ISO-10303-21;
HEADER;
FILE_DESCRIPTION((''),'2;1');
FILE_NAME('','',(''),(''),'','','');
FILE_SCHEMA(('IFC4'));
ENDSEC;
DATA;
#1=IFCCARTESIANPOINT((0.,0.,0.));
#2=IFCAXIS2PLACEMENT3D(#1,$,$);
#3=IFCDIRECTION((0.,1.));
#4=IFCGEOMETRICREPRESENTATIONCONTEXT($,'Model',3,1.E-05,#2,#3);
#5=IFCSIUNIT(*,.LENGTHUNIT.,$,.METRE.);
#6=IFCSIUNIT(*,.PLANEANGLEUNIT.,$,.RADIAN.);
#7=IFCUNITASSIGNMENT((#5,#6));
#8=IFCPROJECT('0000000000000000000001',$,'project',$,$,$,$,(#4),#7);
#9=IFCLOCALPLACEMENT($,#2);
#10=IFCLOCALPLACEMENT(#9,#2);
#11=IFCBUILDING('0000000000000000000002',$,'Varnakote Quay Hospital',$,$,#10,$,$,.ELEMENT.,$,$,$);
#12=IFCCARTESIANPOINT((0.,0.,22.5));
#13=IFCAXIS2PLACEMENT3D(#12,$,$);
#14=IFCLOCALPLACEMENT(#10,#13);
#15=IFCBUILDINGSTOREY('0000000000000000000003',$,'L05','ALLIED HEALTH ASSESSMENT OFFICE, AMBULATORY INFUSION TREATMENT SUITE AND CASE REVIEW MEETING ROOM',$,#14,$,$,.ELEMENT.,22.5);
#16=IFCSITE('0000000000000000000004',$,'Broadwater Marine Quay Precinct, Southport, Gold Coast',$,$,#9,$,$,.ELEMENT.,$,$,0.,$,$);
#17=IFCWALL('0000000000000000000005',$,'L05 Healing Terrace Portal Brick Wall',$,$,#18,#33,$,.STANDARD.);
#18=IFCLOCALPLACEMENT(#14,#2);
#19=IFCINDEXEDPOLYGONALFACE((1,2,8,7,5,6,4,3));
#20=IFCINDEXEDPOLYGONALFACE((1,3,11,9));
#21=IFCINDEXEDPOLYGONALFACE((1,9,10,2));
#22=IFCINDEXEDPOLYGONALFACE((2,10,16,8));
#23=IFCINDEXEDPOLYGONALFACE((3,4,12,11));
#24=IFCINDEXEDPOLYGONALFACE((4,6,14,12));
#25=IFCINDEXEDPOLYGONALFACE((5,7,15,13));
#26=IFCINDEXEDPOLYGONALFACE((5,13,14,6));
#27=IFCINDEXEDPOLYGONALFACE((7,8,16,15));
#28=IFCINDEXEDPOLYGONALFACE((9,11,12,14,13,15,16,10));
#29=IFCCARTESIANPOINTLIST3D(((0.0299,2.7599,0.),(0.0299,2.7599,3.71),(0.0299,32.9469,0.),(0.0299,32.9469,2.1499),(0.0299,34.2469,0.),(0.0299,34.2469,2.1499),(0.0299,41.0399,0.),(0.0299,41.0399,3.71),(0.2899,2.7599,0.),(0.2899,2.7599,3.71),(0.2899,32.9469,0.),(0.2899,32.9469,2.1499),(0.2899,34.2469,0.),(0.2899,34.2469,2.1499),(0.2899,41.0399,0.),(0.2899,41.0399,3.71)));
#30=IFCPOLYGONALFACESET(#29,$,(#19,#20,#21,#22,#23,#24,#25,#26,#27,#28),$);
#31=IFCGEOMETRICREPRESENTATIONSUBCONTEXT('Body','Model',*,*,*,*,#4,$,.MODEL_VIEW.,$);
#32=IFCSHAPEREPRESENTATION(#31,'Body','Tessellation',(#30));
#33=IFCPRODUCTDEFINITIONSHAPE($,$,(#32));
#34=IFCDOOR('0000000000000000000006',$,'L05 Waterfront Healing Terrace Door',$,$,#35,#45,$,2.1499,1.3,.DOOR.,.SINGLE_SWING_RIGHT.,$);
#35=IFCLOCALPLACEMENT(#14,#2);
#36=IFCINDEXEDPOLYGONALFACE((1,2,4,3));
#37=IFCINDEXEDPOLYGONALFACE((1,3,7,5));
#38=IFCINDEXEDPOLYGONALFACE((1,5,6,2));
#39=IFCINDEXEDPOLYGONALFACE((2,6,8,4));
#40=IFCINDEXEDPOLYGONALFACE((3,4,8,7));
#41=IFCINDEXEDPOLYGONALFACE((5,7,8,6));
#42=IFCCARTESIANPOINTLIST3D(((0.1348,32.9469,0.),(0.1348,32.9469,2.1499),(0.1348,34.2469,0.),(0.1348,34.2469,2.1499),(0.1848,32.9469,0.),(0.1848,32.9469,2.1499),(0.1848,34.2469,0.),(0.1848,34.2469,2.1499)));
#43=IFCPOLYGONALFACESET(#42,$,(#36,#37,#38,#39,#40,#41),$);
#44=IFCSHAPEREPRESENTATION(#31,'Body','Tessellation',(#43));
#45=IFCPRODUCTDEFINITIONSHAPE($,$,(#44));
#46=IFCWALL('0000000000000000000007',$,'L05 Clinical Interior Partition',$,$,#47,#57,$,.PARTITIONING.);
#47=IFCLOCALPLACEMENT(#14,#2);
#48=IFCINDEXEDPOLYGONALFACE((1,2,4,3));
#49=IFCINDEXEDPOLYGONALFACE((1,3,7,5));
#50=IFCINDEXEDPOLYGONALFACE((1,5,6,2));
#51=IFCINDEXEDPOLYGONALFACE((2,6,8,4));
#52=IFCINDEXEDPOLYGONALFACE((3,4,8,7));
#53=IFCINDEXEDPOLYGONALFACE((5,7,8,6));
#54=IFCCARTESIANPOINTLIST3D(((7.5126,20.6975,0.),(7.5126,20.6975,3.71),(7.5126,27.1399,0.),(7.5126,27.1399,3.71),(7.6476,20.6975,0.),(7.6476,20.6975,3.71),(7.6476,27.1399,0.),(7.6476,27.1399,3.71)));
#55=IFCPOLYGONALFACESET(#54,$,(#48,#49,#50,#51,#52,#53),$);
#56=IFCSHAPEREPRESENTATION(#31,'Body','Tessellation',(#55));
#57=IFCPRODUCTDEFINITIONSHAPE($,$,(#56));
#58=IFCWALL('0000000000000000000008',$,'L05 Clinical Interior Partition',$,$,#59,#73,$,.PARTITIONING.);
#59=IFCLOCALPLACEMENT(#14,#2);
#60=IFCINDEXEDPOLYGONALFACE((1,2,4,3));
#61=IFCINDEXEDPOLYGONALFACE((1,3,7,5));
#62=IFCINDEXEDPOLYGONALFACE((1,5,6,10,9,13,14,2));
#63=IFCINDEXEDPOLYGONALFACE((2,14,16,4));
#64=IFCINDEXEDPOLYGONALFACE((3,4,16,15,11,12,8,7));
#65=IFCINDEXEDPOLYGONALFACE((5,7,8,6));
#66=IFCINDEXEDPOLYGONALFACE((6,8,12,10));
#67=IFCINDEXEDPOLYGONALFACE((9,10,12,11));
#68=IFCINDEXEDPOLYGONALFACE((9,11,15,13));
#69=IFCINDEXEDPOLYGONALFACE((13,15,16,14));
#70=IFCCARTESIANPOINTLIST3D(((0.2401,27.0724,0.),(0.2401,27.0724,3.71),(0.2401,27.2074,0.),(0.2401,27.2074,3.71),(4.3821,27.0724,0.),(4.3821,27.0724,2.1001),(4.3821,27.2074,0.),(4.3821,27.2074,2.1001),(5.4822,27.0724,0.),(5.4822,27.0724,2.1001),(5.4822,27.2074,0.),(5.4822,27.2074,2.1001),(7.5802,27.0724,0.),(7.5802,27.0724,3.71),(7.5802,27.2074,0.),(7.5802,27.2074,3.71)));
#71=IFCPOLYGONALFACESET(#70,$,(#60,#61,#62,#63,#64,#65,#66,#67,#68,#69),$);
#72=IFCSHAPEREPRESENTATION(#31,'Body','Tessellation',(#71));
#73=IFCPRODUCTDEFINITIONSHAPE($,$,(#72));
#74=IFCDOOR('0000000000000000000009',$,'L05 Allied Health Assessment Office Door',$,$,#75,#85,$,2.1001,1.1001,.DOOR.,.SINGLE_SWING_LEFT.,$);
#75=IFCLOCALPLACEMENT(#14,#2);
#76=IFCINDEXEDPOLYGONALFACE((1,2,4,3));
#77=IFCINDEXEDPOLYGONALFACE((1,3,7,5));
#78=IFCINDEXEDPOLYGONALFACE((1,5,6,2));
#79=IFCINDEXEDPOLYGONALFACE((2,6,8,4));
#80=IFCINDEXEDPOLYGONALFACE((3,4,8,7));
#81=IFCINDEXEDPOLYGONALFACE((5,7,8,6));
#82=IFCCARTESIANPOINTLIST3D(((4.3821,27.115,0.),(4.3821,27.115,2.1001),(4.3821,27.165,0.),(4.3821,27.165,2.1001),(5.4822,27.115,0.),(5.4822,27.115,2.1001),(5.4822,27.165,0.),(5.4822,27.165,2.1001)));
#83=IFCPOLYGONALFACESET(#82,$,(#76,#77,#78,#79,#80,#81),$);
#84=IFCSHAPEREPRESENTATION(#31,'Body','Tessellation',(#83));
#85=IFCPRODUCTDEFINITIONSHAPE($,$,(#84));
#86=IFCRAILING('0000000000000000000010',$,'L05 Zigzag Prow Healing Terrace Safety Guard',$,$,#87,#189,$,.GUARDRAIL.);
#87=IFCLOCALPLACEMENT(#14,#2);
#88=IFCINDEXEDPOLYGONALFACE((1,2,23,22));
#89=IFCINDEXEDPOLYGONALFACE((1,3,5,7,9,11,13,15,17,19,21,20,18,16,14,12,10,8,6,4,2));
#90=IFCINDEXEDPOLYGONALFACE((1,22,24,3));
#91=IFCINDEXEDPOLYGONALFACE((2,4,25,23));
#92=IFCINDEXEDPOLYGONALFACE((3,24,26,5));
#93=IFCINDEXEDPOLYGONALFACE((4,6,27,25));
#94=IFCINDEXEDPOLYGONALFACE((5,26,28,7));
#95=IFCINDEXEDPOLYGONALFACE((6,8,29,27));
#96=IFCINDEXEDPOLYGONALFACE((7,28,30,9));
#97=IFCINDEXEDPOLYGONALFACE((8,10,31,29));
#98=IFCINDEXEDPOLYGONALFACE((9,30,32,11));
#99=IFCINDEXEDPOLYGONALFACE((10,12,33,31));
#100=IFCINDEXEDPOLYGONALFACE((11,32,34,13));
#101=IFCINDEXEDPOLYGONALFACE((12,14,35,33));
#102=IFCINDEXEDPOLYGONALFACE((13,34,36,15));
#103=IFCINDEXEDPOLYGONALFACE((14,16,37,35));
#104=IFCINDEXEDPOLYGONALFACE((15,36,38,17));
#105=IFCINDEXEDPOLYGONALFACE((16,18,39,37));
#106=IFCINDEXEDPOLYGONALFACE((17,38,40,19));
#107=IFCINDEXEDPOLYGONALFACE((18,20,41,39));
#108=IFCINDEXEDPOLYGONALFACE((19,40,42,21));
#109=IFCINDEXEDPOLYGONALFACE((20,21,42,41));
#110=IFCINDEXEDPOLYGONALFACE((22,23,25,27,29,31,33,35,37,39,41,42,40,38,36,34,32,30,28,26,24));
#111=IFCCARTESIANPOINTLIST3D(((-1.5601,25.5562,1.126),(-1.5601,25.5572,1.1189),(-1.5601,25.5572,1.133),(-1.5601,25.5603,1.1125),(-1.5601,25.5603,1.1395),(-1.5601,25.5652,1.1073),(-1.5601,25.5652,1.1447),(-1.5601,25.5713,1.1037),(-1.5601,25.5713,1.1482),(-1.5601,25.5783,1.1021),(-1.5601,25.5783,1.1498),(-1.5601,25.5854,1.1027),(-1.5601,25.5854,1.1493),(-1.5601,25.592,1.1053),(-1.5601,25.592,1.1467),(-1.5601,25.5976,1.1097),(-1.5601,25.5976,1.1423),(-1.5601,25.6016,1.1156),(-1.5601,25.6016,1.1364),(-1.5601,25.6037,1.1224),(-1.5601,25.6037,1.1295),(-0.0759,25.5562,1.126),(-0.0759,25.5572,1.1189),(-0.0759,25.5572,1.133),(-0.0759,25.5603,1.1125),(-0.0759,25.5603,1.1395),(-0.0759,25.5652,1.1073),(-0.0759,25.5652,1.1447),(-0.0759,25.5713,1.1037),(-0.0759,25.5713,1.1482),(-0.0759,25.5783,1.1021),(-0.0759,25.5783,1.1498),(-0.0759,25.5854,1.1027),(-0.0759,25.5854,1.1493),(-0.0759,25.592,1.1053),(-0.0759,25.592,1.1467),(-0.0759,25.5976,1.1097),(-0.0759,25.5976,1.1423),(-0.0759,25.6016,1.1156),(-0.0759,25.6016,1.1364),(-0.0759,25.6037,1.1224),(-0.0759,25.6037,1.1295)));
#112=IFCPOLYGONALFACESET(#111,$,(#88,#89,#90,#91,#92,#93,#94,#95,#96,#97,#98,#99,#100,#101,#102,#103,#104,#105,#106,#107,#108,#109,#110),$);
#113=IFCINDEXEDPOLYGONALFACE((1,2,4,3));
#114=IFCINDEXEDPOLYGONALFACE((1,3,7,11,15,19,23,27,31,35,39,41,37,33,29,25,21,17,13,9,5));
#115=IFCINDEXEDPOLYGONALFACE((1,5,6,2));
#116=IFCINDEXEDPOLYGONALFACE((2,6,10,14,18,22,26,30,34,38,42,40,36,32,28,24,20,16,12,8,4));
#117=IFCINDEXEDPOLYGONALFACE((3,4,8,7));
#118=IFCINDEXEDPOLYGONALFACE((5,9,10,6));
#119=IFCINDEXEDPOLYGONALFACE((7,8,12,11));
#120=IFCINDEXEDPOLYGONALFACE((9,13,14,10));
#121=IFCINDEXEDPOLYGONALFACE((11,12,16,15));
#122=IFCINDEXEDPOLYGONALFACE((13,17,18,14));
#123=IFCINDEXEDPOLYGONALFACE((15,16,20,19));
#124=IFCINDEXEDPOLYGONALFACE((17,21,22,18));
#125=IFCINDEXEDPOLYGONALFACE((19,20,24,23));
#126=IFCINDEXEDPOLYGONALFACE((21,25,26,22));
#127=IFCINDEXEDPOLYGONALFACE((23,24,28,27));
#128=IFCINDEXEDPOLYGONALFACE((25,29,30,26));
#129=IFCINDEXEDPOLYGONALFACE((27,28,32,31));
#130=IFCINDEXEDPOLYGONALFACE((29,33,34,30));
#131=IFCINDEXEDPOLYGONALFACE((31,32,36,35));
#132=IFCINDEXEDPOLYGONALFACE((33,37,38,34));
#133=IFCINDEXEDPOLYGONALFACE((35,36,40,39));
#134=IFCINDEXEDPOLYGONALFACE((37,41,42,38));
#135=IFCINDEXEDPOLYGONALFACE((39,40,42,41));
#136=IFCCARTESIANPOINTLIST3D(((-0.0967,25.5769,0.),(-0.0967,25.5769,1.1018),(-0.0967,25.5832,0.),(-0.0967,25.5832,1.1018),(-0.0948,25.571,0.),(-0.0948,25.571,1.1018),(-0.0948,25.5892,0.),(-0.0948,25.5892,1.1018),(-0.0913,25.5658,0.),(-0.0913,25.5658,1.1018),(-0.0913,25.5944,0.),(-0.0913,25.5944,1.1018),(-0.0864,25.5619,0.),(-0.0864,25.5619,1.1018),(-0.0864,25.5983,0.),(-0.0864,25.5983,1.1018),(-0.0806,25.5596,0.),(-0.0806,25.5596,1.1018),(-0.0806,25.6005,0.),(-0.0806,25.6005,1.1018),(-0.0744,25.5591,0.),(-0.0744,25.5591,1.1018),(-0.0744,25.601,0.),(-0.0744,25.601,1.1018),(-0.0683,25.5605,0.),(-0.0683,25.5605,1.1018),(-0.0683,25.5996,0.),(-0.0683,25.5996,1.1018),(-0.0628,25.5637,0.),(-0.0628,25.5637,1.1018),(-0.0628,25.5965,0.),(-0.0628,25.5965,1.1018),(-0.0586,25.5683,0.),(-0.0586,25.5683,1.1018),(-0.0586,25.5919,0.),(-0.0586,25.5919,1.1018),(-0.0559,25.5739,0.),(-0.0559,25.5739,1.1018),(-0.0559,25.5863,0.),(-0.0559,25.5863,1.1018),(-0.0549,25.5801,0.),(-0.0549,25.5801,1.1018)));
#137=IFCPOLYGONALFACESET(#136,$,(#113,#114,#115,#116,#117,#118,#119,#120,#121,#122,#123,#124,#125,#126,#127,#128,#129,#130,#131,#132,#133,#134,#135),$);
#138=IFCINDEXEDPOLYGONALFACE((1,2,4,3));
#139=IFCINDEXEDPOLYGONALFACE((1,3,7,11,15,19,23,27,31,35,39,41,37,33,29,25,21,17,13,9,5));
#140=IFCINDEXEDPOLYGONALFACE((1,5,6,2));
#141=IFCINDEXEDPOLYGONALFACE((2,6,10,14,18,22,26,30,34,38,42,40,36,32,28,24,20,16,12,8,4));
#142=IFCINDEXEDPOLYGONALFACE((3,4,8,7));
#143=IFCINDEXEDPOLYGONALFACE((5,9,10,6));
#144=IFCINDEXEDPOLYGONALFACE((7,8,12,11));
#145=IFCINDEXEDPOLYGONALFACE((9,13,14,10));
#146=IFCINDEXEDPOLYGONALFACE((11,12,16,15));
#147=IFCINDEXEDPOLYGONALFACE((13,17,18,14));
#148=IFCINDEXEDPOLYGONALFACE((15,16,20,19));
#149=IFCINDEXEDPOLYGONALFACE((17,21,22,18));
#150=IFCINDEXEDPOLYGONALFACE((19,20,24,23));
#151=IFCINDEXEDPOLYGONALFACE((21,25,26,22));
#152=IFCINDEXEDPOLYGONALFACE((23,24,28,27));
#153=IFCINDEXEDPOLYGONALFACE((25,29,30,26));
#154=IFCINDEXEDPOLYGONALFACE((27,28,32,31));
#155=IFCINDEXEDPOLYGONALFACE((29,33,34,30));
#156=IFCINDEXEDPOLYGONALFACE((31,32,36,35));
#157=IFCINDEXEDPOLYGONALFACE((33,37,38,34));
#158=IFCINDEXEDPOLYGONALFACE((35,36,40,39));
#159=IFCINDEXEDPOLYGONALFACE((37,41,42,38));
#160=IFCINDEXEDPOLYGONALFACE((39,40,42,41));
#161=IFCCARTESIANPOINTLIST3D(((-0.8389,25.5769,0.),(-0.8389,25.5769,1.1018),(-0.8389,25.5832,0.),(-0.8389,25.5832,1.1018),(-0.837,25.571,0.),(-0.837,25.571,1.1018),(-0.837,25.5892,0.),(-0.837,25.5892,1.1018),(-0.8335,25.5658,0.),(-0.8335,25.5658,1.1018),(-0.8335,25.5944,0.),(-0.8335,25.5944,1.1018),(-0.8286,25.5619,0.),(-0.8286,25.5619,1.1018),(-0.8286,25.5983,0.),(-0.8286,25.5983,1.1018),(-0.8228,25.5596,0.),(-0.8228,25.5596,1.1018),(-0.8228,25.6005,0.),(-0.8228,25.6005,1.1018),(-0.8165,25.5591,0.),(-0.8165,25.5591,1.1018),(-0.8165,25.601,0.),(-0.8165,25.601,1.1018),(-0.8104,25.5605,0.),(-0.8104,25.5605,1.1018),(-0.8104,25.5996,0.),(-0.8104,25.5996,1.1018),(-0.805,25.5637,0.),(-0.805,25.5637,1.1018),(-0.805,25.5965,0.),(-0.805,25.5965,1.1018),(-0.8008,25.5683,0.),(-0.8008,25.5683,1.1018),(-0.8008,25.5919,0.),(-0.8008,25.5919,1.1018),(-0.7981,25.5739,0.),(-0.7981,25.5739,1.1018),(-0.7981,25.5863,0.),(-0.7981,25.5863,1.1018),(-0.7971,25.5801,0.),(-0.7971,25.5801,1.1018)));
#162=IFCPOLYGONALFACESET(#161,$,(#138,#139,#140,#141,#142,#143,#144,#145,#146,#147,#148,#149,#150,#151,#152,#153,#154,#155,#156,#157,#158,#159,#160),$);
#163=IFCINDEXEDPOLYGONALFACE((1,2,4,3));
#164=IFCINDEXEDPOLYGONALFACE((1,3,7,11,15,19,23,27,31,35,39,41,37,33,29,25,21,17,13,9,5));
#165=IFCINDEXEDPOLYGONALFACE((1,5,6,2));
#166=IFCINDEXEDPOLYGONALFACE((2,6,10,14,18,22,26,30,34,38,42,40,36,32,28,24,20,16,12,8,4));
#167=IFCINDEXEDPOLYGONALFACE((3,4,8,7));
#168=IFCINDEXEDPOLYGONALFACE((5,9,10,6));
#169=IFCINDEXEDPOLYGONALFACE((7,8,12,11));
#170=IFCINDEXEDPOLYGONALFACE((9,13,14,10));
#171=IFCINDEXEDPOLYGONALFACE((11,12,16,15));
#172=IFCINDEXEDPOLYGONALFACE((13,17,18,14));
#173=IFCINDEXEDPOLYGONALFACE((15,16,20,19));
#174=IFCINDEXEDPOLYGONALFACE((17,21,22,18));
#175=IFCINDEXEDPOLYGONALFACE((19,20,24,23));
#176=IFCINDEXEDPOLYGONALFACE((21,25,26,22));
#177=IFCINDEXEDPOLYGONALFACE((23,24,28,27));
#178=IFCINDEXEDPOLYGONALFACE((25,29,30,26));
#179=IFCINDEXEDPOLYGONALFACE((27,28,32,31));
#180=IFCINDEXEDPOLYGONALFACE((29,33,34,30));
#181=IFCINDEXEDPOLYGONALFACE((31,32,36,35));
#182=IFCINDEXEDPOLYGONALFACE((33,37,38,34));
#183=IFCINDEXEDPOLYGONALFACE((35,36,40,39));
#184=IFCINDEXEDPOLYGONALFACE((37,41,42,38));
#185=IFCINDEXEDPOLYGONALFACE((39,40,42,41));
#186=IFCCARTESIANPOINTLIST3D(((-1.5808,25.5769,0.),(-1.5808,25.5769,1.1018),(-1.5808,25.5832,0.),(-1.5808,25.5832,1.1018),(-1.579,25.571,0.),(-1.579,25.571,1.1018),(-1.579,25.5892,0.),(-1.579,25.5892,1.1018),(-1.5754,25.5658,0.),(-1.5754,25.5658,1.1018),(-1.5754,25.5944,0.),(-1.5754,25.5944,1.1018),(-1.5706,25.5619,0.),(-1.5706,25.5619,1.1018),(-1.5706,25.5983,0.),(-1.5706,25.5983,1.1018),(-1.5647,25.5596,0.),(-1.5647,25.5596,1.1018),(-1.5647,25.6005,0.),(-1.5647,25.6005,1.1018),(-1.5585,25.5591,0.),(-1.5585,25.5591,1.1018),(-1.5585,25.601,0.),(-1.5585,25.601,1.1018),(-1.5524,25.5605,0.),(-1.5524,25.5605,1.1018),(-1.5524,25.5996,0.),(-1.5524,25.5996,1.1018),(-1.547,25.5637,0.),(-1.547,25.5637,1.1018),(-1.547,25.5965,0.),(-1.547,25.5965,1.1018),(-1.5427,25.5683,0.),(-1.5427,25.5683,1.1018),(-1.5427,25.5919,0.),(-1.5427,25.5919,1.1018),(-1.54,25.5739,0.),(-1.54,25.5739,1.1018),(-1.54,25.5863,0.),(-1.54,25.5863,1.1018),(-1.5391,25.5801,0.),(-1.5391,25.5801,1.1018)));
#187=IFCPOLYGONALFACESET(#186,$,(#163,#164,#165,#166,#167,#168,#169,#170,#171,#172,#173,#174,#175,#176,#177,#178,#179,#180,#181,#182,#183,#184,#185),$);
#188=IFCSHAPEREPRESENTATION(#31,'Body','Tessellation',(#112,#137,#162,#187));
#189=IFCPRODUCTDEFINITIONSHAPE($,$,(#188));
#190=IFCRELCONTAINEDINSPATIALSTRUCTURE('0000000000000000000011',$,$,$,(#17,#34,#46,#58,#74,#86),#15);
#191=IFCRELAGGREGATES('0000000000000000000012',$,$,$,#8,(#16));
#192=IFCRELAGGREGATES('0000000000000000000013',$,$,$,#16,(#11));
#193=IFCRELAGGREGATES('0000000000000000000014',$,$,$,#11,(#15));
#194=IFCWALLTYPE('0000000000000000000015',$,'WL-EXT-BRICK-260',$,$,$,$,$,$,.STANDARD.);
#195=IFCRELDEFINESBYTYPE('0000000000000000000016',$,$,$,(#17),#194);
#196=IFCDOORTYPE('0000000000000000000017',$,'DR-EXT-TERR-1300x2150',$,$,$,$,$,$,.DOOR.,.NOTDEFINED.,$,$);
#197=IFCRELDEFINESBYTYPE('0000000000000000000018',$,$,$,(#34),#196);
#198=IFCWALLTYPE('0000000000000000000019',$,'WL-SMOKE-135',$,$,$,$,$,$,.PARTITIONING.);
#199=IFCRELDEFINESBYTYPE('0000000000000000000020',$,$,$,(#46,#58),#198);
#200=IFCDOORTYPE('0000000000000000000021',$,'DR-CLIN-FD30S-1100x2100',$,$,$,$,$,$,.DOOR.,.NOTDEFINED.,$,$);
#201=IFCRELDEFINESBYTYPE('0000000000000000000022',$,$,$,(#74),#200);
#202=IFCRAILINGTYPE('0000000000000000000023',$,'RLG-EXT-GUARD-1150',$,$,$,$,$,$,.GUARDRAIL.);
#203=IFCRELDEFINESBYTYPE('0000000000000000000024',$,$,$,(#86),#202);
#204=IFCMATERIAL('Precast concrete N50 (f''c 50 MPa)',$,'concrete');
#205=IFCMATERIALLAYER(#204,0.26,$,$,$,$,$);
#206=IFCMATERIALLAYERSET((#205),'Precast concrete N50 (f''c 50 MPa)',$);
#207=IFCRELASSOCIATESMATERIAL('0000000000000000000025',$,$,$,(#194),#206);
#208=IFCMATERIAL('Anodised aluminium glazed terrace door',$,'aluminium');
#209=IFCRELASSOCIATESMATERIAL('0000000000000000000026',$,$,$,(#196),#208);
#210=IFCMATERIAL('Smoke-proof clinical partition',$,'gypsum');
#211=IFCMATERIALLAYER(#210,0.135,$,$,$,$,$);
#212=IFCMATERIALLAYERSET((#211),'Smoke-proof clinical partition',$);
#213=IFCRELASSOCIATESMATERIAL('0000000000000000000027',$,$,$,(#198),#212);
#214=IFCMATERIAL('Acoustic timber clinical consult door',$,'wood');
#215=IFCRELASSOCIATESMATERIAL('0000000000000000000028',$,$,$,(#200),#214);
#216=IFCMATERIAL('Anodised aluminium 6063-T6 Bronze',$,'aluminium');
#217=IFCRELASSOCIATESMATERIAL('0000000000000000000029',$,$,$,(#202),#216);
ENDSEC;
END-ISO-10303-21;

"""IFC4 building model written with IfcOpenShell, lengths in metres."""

from ifc_helpers import new_model, si_unit, direction, frame, frame_2d, origin, origin_2d, place, context, subcontext, project, spatial, rectangle, circle, extrude, material, layer, layer_set, type_object, element, fill, save


model = new_model("IFC4")

# Units and contexts
model_context = context("Model", 3, precision=1e-05, world=origin(), true_north=direction((0.0, 1.0)))
body_context = subcontext(model_context, "Body", "Model", "MODEL_VIEW")
ifc_project = project(units=[si_unit("LENGTHUNIT", "METRE"), si_unit("PLANEANGLEUNIT", "RADIAN")], contexts=[model_context])

# Site, building, storey
site_placement = place(None, origin())
site = spatial("IfcSite", under=ifc_project, at=site_placement, Name="Broadwater Marine Quay Precinct, Southport, Gold Coast", CompositionType="ELEMENT", RefElevation=0.0)
building_placement = place(site_placement, origin())
building = spatial("IfcBuilding", under=site, at=building_placement, Name="Varnakote Quay Hospital", CompositionType="ELEMENT")
storey_placement = place(building_placement, frame((0.0, 0.0, 22.5)))
storey = spatial("IfcBuildingStorey", under=building, at=storey_placement, Name="L05", Description="ALLIED HEALTH ASSESSMENT OFFICE, AMBULATORY INFUSION TREATMENT SUITE AND CASE REVIEW MEETING ROOM", CompositionType="ELEMENT", Elevation=22.5)

# Shared definitions
ifc_material_1 = material(Name="Precast concrete N50 (f'c 50 MPa)", Category="concrete")
ifc_layer_1 = layer(ifc_material_1, 0.26)
ifc_layer_set_1 = layer_set([ifc_layer_1], Name="Precast concrete N50 (f'c 50 MPa)")
wall_type_1 = type_object("IfcWallType", Name="WL-EXT-BRICK-260", PredefinedType="STANDARD", material=ifc_layer_set_1)

# Wall, opening, door
wall_1_placement = place(storey_placement, frame((0.1599, 41.04, 0.0), z_axis=(0.0, 0.0, 1.0), x_axis=(0.0, -1.0, 0.0)))
wall_1 = element("IfcWall", 1, at=wall_1_placement, inside=storey, type_object=wall_type_1, Name="L05 Healing Terrace Portal Brick Wall", PredefinedType="STANDARD", context=body_context, shape_type="SweptSolid", body=[
    extrude(rectangle(XDim=38.28, YDim=0.26, at=frame_2d((19.1401, 0.0))), origin(), (0.0, 0.0, 1.0), 3.71),
])
opening_1_placement = place(wall_1_placement, frame((6.7932, 0.0, 0.0)))
opening_1 = element("IfcOpeningElement", 2, at=opening_1_placement, cuts=wall_1, PredefinedType="OPENING", context=body_context, shape_type="SweptSolid", body=[
    extrude(rectangle(XDim=1.3, YDim=2.1499, at=frame_2d((0.6499, 1.075))), frame((0.0, 0.1399, 0.0), z_axis=(0.0, -1.0, 0.0), x_axis=(1.0, 0.0, 0.0)), (0.0, 0.0, 1.0), 0.28),
])
ifc_material_2 = material(Name="Anodised aluminium glazed terrace door", Category="aluminium")
door_type_1 = type_object("IfcDoorType", Name="DR-EXT-TERR-1300x2150", OperationType="NOTDEFINED", PredefinedType="DOOR", material=ifc_material_2)
door_1_placement = place(opening_1_placement, origin())
door_1 = element("IfcDoor", 3, at=door_1_placement, inside=storey, type_object=door_type_1, Name="L05 Waterfront Healing Terrace Door", OperationType="SINGLE_SWING_RIGHT", OverallHeight=2.1499, OverallWidth=1.3, PredefinedType="DOOR", context=body_context, shape_type="SweptSolid", body=[
    extrude(rectangle(XDim=1.3, YDim=2.1499, at=frame_2d((0.6499, 1.075))), frame((0.0, 0.0249, 0.0), z_axis=(0.0, -1.0, 0.0), x_axis=(1.0, 0.0, 0.0)), (0.0, 0.0, 1.0), 0.05),
])
fill(opening_1, door_1)

# Wall
ifc_material_3 = material(Name="Smoke-proof clinical partition", Category="gypsum")
ifc_layer_2 = layer(ifc_material_3, 0.135)
ifc_layer_set_2 = layer_set([ifc_layer_2], Name="Smoke-proof clinical partition")
wall_type_2 = type_object("IfcWallType", Name="WL-SMOKE-135", PredefinedType="PARTITIONING", material=ifc_layer_set_2)
wall_2_placement = place(storey_placement, frame((7.5801, 20.6975, 0.0), z_axis=(0.0, 0.0, 1.0), x_axis=(0.0, 1.0, 0.0)))
element("IfcWall", 4, at=wall_2_placement, inside=storey, type_object=wall_type_2, Name="L05 Clinical Interior Partition", PredefinedType="PARTITIONING", context=body_context, shape_type="SweptSolid", body=[
    extrude(rectangle(XDim=6.4424, YDim=0.135, at=frame_2d((3.2212, 0.0))), origin(), (0.0, 0.0, 1.0), 3.71),
])

# Wall, opening, door
wall_3_placement = place(storey_placement, frame((7.5801, 27.1399, 0.0), z_axis=(0.0, 0.0, 1.0), x_axis=(-1.0, 0.0, 0.0)))
wall_3 = element("IfcWall", 5, at=wall_3_placement, inside=storey, type_object=wall_type_2, Name="L05 Clinical Interior Partition", PredefinedType="PARTITIONING", context=body_context, shape_type="SweptSolid", body=[
    extrude(rectangle(XDim=7.3401, YDim=0.135, at=frame_2d((3.6699, 0.0))), origin(), (0.0, 0.0, 1.0), 3.71),
])
opening_2_placement = place(wall_3_placement, frame((2.0979, 0.0, 0.0)))
opening_2 = element("IfcOpeningElement", 6, at=opening_2_placement, cuts=wall_3, PredefinedType="OPENING", context=body_context, shape_type="SweptSolid", body=[
    extrude(rectangle(XDim=1.1001, YDim=2.1001, at=frame_2d((0.55, 1.05))), frame((0.0, 0.0774, 0.0), z_axis=(0.0, -1.0, 0.0), x_axis=(1.0, 0.0, 0.0)), (0.0, 0.0, 1.0), 0.155),
])
ifc_material_4 = material(Name="Acoustic timber clinical consult door", Category="wood")
door_type_2 = type_object("IfcDoorType", Name="DR-CLIN-FD30S-1100x2100", OperationType="NOTDEFINED", PredefinedType="DOOR", material=ifc_material_4)
door_2_placement = place(opening_2_placement, origin())
door_2 = element("IfcDoor", 7, at=door_2_placement, inside=storey, type_object=door_type_2, Name="L05 Allied Health Assessment Office Door", OperationType="SINGLE_SWING_LEFT", OverallHeight=2.1001, OverallWidth=1.1001, PredefinedType="DOOR", context=body_context, shape_type="SweptSolid", body=[
    extrude(rectangle(XDim=1.1001, YDim=2.1001, at=frame_2d((0.55, 1.05))), frame((0.0, 0.0249, 0.0), z_axis=(0.0, -1.0, 0.0), x_axis=(1.0, 0.0, 0.0)), (0.0, 0.0, 1.0), 0.05),
])
fill(opening_2, door_2)

# Railing
ifc_material_5 = material(Name="Anodised aluminium 6063-T6 Bronze", Category="aluminium")
railing_type = type_object("IfcRailingType", Name="RLG-EXT-GUARD-1150", PredefinedType="GUARDRAIL", material=ifc_material_5)
railing_1_placement = place(storey_placement, frame((-0.0759, 25.5801, 0.0)))
element("IfcRailing", 8, at=railing_1_placement, inside=storey, type_object=railing_type, Name="L05 Zigzag Prow Healing Terrace Safety Guard", PredefinedType="GUARDRAIL", context=body_context, shape_type="SweptSolid", body=[
    extrude(circle(Radius=0.0239, at=origin_2d()), frame((0.0, 0.0, 1.126), z_axis=(-1.0, 0.0, 0.0), x_axis=(0.0, -1.0, 0.0)), (0.0, 0.0, 1.0), 1.4841),
    extrude(circle(Radius=0.021, at=origin_2d()), origin(), (0.0, 0.0, 1.0), 1.1018),
    extrude(circle(Radius=0.021, at=origin_2d()), frame((-0.7422, 0.0, 0.0)), (0.0, 0.0, 1.0), 1.1018),
    extrude(circle(Radius=0.021, at=origin_2d()), frame((-1.4841, 0.0, 0.0)), (0.0, 0.0, 1.0), 1.1018),
])

save(model, "model.ifc")
